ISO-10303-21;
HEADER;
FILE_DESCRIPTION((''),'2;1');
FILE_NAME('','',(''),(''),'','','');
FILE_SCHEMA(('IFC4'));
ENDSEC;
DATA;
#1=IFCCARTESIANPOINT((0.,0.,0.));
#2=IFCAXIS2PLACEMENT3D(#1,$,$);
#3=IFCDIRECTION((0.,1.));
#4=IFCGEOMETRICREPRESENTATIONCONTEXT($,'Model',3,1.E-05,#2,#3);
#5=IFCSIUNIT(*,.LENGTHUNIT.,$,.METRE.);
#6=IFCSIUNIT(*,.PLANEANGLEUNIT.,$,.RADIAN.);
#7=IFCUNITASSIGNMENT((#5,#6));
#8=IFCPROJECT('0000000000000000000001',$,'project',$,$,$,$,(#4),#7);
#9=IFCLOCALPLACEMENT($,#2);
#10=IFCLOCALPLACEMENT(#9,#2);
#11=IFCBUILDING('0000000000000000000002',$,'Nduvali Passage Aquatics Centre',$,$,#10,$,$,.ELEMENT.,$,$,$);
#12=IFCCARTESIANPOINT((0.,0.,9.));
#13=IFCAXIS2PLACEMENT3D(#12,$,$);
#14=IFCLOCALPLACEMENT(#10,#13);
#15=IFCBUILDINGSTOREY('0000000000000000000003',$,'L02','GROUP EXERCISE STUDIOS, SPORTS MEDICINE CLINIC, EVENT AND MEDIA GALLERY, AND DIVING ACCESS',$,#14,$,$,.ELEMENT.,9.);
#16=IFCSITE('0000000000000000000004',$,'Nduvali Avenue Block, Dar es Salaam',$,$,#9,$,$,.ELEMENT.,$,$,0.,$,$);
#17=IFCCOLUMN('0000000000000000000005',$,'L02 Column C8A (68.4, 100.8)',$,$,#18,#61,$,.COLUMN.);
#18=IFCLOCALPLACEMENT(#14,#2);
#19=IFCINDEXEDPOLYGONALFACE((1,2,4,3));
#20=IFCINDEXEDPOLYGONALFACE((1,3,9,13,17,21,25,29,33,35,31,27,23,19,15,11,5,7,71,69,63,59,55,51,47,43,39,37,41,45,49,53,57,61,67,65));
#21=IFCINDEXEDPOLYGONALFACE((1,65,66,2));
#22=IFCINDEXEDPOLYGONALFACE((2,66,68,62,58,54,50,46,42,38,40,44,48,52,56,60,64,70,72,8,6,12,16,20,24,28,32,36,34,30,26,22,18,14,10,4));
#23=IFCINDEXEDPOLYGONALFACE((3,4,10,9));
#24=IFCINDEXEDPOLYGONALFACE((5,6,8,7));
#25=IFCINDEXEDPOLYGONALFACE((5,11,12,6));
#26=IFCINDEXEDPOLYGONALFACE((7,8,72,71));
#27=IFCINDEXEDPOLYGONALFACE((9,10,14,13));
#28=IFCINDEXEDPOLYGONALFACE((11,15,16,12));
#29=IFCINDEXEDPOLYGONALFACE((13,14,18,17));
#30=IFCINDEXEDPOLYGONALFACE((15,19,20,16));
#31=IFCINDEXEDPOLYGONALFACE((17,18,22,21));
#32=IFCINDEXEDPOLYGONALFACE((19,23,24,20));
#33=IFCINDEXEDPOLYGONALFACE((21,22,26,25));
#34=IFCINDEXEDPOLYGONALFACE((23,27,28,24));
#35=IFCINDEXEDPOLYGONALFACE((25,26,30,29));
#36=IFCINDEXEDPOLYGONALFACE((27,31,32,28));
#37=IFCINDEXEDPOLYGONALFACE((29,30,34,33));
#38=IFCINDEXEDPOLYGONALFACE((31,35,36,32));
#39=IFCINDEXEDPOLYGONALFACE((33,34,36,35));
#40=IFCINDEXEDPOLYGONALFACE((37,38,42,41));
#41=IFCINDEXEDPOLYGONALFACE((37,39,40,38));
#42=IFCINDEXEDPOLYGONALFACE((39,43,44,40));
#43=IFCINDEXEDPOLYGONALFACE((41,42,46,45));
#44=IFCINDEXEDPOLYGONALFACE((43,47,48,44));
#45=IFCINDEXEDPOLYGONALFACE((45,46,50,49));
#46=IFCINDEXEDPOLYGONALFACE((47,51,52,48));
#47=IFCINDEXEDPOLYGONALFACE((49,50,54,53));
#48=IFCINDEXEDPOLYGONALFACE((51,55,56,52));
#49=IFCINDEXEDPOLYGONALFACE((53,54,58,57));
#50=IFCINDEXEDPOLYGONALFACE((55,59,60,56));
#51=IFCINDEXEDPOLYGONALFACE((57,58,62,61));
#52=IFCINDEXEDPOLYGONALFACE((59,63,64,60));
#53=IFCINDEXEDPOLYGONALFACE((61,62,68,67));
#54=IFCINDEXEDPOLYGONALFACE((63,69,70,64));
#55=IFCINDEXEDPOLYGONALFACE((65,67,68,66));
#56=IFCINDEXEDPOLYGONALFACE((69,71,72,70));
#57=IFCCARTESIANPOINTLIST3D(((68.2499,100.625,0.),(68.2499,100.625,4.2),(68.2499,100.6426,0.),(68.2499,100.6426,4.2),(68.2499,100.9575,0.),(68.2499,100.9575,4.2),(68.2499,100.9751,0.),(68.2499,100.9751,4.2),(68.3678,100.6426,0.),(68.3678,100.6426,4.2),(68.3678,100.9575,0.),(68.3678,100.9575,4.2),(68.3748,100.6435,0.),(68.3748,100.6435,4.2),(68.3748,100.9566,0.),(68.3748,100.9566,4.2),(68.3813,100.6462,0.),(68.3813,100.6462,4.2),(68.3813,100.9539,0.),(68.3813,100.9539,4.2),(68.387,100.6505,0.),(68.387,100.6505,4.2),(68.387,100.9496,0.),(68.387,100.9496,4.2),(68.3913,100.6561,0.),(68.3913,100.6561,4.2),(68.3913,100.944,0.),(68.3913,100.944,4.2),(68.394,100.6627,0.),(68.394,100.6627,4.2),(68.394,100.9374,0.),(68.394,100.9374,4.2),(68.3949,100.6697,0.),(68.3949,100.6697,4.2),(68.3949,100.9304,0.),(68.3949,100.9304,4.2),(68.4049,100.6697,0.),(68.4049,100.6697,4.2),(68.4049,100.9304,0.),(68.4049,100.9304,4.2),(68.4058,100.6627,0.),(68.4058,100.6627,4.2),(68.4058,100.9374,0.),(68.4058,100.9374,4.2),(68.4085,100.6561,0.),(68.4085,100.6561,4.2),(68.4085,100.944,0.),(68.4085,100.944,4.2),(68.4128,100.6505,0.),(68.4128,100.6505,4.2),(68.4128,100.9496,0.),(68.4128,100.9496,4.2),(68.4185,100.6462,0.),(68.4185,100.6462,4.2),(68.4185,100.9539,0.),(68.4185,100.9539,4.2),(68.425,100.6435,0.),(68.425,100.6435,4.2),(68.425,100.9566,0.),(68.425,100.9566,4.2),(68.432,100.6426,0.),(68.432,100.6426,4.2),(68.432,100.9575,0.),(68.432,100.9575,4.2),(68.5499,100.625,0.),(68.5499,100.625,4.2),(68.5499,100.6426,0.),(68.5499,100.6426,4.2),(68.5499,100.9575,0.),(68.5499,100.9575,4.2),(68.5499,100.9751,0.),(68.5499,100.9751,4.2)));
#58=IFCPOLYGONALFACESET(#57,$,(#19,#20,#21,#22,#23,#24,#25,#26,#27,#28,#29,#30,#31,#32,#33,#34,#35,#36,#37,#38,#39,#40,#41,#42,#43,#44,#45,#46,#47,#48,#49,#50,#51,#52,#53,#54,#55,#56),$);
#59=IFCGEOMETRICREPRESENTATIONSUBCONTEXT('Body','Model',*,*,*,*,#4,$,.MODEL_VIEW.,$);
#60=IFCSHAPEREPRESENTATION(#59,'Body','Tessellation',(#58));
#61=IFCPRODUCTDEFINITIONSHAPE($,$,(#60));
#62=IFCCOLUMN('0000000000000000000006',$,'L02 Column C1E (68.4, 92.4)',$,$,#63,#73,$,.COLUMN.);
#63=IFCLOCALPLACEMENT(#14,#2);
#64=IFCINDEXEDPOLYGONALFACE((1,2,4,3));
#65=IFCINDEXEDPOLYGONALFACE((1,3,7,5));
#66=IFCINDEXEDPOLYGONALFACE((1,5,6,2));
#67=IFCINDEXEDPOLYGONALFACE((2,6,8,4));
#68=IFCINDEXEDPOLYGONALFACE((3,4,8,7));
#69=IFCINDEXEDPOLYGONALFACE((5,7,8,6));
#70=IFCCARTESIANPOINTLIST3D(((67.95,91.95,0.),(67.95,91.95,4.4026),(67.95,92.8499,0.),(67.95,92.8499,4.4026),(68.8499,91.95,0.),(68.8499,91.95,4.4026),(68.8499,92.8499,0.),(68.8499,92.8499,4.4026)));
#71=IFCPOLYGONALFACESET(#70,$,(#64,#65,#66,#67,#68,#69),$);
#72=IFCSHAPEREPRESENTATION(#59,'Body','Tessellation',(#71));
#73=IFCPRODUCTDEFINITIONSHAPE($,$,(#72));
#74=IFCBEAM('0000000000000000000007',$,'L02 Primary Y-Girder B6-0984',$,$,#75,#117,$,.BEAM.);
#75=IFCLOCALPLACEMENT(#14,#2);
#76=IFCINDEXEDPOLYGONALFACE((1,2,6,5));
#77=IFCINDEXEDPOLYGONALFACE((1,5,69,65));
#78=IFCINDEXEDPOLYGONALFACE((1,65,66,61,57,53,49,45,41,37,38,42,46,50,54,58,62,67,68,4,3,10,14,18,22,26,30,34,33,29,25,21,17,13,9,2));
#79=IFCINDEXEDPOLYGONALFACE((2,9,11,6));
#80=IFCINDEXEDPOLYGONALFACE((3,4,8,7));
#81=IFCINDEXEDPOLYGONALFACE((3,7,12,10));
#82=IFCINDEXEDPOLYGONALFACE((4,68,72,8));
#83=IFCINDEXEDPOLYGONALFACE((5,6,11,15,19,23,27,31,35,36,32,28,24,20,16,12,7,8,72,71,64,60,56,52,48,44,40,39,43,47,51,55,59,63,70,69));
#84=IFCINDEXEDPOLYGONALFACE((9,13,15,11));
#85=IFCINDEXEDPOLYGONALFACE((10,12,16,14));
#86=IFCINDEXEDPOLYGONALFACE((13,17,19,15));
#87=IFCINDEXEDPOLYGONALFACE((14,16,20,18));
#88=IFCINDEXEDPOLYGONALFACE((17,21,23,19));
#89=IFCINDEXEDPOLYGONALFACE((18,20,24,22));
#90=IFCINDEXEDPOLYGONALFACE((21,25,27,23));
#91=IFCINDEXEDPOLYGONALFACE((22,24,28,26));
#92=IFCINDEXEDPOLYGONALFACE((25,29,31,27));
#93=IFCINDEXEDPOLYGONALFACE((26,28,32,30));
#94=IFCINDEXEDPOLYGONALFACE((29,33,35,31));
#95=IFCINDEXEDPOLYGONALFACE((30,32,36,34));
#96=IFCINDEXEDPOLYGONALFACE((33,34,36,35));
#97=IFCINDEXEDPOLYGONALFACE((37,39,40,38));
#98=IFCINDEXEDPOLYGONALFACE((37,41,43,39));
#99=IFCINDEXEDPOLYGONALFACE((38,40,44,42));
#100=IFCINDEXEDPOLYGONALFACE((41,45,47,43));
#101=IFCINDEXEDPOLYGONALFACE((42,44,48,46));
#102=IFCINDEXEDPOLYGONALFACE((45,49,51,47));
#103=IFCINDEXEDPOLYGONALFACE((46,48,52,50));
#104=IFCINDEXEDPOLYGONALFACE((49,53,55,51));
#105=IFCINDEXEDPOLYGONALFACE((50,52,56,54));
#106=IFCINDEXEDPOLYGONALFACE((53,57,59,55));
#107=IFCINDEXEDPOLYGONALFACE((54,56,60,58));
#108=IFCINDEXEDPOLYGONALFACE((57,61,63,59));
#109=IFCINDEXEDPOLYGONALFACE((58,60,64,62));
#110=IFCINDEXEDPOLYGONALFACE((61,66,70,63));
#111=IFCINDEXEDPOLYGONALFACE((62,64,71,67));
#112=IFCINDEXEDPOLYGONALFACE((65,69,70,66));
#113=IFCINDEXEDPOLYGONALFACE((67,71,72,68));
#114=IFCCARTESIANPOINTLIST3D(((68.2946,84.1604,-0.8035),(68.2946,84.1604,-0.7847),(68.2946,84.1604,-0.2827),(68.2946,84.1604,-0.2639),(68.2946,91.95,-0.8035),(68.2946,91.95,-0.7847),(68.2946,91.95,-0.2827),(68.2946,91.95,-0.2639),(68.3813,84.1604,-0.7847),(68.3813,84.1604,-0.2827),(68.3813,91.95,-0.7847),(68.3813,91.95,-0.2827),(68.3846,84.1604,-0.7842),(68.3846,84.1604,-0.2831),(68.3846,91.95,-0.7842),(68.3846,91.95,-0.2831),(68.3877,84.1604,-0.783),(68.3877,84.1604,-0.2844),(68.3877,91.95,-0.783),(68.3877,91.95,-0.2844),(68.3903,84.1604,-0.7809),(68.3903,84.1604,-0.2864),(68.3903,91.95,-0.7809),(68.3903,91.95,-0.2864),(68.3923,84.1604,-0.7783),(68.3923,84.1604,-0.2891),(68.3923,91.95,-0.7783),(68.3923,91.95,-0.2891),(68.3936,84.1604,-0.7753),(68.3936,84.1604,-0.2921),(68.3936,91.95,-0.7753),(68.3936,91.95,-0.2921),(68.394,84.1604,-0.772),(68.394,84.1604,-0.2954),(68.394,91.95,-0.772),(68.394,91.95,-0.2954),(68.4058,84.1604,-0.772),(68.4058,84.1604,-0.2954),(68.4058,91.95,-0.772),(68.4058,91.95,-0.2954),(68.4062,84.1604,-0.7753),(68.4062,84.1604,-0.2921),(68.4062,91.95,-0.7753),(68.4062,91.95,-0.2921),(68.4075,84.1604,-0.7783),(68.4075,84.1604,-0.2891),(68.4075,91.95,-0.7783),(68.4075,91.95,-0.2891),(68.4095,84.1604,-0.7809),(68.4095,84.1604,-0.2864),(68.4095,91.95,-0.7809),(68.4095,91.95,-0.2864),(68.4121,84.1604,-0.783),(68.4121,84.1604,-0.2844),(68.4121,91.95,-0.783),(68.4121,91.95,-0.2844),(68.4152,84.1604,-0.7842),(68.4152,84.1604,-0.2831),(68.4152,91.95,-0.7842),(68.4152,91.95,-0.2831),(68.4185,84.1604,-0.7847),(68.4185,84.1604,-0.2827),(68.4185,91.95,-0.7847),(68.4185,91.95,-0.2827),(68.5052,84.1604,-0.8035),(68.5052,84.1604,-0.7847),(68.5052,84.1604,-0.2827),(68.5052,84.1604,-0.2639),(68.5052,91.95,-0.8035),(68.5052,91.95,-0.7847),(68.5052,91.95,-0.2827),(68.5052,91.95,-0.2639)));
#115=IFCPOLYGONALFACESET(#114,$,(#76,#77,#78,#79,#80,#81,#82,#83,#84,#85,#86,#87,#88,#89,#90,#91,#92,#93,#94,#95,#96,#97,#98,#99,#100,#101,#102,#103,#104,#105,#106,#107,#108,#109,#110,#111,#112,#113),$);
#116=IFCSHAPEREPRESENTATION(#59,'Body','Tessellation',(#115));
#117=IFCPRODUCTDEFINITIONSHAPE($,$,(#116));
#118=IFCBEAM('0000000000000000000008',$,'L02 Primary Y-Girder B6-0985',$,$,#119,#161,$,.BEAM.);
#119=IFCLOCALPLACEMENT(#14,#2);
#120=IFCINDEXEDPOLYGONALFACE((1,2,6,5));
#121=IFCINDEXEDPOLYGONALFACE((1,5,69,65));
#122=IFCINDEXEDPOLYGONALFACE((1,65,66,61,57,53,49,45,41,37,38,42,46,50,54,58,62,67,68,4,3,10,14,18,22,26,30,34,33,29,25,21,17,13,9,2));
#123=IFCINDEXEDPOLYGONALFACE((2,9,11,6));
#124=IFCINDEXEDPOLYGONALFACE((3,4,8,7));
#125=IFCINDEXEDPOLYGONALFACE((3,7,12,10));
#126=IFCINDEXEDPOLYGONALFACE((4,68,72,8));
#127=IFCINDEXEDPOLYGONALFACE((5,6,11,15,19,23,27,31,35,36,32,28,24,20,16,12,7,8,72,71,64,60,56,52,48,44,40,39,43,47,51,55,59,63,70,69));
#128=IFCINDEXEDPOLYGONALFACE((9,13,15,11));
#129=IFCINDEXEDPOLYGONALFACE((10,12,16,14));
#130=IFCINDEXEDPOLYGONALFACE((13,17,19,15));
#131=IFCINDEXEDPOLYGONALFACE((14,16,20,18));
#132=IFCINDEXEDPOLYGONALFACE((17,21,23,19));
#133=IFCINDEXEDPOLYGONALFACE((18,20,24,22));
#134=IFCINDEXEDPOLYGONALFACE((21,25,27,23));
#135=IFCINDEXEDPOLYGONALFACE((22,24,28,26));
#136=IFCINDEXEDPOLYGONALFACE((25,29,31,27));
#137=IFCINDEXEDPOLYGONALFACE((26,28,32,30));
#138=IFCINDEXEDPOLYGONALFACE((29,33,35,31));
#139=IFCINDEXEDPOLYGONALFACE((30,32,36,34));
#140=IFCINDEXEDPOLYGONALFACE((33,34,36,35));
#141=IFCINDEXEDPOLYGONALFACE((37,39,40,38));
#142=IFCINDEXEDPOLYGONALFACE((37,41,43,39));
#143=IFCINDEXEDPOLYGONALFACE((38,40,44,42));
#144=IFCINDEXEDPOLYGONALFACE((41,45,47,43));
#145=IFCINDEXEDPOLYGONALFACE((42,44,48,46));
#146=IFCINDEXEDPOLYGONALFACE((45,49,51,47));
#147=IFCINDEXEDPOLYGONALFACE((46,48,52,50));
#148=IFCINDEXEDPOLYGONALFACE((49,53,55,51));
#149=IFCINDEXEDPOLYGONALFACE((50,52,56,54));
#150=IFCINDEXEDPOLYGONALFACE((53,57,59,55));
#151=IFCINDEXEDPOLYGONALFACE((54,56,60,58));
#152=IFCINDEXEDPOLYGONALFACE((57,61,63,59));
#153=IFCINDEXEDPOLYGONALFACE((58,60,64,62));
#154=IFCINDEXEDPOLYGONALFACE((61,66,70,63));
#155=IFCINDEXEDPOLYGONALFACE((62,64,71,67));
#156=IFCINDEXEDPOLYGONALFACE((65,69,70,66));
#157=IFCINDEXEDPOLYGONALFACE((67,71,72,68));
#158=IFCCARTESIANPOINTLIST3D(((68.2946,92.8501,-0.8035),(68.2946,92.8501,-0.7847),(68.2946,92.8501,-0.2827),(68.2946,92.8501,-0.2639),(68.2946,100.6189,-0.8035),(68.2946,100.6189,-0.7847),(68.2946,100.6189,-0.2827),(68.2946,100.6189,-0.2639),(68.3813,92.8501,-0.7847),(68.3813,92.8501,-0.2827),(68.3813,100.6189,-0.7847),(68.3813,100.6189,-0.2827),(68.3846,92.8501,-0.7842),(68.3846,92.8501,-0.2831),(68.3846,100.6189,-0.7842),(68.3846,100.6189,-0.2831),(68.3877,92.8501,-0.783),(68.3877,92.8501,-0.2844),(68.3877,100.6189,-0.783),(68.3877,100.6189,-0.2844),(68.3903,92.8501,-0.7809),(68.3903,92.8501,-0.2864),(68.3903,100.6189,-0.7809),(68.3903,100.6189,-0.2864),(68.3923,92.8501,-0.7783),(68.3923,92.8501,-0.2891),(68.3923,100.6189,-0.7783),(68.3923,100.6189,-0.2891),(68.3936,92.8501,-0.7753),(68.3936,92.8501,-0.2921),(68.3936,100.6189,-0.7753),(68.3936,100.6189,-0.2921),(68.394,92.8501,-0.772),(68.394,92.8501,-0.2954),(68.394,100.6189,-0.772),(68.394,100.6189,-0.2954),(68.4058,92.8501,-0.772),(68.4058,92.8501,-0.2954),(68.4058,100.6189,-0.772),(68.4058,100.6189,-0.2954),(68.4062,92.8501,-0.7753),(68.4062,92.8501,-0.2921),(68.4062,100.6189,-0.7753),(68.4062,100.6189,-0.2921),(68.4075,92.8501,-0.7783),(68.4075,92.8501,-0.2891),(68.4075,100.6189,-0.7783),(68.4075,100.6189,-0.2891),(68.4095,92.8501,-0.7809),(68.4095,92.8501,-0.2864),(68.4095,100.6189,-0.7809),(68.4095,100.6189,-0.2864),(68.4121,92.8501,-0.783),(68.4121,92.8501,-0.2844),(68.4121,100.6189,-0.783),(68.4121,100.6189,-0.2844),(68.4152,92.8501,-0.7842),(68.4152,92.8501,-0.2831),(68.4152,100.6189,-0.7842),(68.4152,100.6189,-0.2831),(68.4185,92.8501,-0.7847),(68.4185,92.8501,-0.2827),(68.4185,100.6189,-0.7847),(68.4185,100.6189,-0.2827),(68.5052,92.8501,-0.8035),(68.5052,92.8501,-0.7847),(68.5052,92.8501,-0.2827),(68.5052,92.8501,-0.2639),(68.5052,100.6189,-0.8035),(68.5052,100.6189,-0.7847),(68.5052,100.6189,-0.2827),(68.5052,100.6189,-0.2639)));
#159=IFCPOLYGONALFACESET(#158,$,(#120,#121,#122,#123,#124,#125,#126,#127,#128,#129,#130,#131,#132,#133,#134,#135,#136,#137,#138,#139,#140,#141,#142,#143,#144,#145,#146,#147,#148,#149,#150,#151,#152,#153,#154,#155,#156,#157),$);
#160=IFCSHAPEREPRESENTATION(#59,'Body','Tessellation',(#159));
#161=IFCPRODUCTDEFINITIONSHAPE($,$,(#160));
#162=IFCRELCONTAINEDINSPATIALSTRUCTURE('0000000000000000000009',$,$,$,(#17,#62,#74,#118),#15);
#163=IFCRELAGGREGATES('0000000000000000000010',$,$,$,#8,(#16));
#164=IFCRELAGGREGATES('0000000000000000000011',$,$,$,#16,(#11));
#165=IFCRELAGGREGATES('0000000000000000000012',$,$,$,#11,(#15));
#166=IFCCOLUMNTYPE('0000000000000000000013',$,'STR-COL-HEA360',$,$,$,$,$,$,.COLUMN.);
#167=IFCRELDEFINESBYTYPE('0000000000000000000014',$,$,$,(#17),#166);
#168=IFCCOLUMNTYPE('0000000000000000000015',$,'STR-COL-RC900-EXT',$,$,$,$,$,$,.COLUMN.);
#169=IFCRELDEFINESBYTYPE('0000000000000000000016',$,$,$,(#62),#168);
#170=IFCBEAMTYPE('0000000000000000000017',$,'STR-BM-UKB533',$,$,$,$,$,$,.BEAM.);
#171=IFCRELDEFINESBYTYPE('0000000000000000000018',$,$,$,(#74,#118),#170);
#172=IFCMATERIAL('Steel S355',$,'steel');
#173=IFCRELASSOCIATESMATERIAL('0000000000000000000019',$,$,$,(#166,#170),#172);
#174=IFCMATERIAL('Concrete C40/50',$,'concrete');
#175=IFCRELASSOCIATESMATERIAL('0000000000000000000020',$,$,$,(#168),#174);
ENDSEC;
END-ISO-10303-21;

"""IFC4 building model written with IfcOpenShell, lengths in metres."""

from ifc_helpers import new_model, si_unit, direction, frame, origin, origin_2d, place, context, subcontext, project, spatial, rectangle, i_section, extrude, material, material_profile, profile_set, type_object, element, save


model = new_model("IFC4")

# Units and contexts
model_context = context("Model", 3, precision=1e-05, world=origin(), true_north=direction((0.0, 1.0)))
body_context = subcontext(model_context, "Body", "Model", "MODEL_VIEW")
ifc_project = project(units=[si_unit("LENGTHUNIT", "METRE"), si_unit("PLANEANGLEUNIT", "RADIAN")], contexts=[model_context])

# Site, building, storey
site_placement = place(None, origin())
site = spatial("IfcSite", under=ifc_project, at=site_placement, Name="Nduvali Avenue Block, Dar es Salaam", CompositionType="ELEMENT", RefElevation=0.0)
building_placement = place(site_placement, origin())
building = spatial("IfcBuilding", under=site, at=building_placement, Name="Nduvali Passage Aquatics Centre", CompositionType="ELEMENT")
storey_placement = place(building_placement, frame((0.0, 0.0, 9.0)))
storey = spatial("IfcBuildingStorey", under=building, at=storey_placement, Name="L02", Description="GROUP EXERCISE STUDIOS, SPORTS MEDICINE CLINIC, EVENT AND MEDIA GALLERY, AND DIVING ACCESS", CompositionType="ELEMENT", Elevation=9.0)

# Columns
ifc_material_1 = material(Name="Steel S355", Category="steel")
ifc_material_profile_1 = material_profile(ifc_material_1, i_section(OverallWidth=0.3, OverallDepth=0.3501, WebThickness=0.01, FlangeThickness=0.0176, FilletRadius=0.0271, at=origin_2d()), Name="HEA 360")
ifc_profile_set_1 = profile_set([ifc_material_profile_1], Name="Steel S355")
column_type_1 = type_object("IfcColumnType", Name="STR-COL-HEA360", PredefinedType="COLUMN", material=ifc_profile_set_1)
column_1_placement = place(storey_placement, frame((68.3999, 100.8, 0.0), z_axis=(0.0, 0.0, 1.0), x_axis=(1.0, 0.0, 0.0)))
element("IfcColumn", 1, at=column_1_placement, inside=storey, type_object=column_type_1, Name="L02 Column C8A (68.4, 100.8)", PredefinedType="COLUMN", context=body_context, shape_type="SweptSolid", body=[
    extrude(i_section(OverallWidth=0.3, OverallDepth=0.3501, WebThickness=0.01, FlangeThickness=0.0176, FilletRadius=0.0271, at=origin_2d()), origin(), (0.0, 0.0, 1.0), 4.2),
])
ifc_material_2 = material(Name="Concrete C40/50", Category="concrete")
ifc_material_profile_2 = material_profile(ifc_material_2, rectangle(XDim=0.8999, YDim=0.8999, at=origin_2d()), Name="RC 900x900")
ifc_profile_set_2 = profile_set([ifc_material_profile_2], Name="Concrete C40/50")
column_type_2 = type_object("IfcColumnType", Name="STR-COL-RC900-EXT", PredefinedType="COLUMN", material=ifc_profile_set_2)
column_2_placement = place(storey_placement, frame((68.3999, 92.3999, 0.0), z_axis=(0.0, 0.0, 1.0), x_axis=(1.0, 0.0, 0.0)))
element("IfcColumn", 2, at=column_2_placement, inside=storey, type_object=column_type_2, Name="L02 Column C1E (68.4, 92.4)", PredefinedType="COLUMN", context=body_context, shape_type="SweptSolid", body=[
    extrude(rectangle(XDim=0.8999, YDim=0.8999, at=origin_2d()), origin(), (0.0, 0.0, 1.0), 4.4026),
])

# Beams
ifc_material_profile_3 = material_profile(ifc_material_1, i_section(OverallWidth=0.2107, OverallDepth=0.5396, WebThickness=0.0117, FlangeThickness=0.0188, FilletRadius=0.0127, at=origin_2d()), Name="UKB 533x210x109")
ifc_profile_set_3 = profile_set([ifc_material_profile_3], Name="Steel S355")
beam_type_1 = type_object("IfcBeamType", Name="STR-BM-UKB533", PredefinedType="BEAM", material=ifc_profile_set_3)
beam_1_placement = place(storey_placement, frame((68.3999, 84.1604, -0.5337), z_axis=(0.0, 1.0, 0.0), x_axis=(-1.0, 0.0, 0.0)))
element("IfcBeam", 3, at=beam_1_placement, inside=storey, type_object=beam_type_1, Name="L02 Primary Y-Girder B6-0984", PredefinedType="BEAM", context=body_context, shape_type="SweptSolid", body=[
    extrude(i_section(OverallWidth=0.2107, OverallDepth=0.5396, WebThickness=0.0117, FlangeThickness=0.0188, FilletRadius=0.0127, at=origin_2d()), origin(), (0.0, 0.0, 1.0), 7.7896),
])
beam_2_placement = place(storey_placement, frame((68.3999, 92.8501, -0.5337), z_axis=(0.0, 1.0, 0.0), x_axis=(-1.0, 0.0, 0.0)))
element("IfcBeam", 4, at=beam_2_placement, inside=storey, type_object=beam_type_1, Name="L02 Primary Y-Girder B6-0985", PredefinedType="BEAM", context=body_context, shape_type="SweptSolid", body=[
    extrude(i_section(OverallWidth=0.2107, OverallDepth=0.5396, WebThickness=0.0117, FlangeThickness=0.0188, FilletRadius=0.0127, at=origin_2d()), origin(), (0.0, 0.0, 1.0), 7.7688),
])

save(model, "model.ifc")
